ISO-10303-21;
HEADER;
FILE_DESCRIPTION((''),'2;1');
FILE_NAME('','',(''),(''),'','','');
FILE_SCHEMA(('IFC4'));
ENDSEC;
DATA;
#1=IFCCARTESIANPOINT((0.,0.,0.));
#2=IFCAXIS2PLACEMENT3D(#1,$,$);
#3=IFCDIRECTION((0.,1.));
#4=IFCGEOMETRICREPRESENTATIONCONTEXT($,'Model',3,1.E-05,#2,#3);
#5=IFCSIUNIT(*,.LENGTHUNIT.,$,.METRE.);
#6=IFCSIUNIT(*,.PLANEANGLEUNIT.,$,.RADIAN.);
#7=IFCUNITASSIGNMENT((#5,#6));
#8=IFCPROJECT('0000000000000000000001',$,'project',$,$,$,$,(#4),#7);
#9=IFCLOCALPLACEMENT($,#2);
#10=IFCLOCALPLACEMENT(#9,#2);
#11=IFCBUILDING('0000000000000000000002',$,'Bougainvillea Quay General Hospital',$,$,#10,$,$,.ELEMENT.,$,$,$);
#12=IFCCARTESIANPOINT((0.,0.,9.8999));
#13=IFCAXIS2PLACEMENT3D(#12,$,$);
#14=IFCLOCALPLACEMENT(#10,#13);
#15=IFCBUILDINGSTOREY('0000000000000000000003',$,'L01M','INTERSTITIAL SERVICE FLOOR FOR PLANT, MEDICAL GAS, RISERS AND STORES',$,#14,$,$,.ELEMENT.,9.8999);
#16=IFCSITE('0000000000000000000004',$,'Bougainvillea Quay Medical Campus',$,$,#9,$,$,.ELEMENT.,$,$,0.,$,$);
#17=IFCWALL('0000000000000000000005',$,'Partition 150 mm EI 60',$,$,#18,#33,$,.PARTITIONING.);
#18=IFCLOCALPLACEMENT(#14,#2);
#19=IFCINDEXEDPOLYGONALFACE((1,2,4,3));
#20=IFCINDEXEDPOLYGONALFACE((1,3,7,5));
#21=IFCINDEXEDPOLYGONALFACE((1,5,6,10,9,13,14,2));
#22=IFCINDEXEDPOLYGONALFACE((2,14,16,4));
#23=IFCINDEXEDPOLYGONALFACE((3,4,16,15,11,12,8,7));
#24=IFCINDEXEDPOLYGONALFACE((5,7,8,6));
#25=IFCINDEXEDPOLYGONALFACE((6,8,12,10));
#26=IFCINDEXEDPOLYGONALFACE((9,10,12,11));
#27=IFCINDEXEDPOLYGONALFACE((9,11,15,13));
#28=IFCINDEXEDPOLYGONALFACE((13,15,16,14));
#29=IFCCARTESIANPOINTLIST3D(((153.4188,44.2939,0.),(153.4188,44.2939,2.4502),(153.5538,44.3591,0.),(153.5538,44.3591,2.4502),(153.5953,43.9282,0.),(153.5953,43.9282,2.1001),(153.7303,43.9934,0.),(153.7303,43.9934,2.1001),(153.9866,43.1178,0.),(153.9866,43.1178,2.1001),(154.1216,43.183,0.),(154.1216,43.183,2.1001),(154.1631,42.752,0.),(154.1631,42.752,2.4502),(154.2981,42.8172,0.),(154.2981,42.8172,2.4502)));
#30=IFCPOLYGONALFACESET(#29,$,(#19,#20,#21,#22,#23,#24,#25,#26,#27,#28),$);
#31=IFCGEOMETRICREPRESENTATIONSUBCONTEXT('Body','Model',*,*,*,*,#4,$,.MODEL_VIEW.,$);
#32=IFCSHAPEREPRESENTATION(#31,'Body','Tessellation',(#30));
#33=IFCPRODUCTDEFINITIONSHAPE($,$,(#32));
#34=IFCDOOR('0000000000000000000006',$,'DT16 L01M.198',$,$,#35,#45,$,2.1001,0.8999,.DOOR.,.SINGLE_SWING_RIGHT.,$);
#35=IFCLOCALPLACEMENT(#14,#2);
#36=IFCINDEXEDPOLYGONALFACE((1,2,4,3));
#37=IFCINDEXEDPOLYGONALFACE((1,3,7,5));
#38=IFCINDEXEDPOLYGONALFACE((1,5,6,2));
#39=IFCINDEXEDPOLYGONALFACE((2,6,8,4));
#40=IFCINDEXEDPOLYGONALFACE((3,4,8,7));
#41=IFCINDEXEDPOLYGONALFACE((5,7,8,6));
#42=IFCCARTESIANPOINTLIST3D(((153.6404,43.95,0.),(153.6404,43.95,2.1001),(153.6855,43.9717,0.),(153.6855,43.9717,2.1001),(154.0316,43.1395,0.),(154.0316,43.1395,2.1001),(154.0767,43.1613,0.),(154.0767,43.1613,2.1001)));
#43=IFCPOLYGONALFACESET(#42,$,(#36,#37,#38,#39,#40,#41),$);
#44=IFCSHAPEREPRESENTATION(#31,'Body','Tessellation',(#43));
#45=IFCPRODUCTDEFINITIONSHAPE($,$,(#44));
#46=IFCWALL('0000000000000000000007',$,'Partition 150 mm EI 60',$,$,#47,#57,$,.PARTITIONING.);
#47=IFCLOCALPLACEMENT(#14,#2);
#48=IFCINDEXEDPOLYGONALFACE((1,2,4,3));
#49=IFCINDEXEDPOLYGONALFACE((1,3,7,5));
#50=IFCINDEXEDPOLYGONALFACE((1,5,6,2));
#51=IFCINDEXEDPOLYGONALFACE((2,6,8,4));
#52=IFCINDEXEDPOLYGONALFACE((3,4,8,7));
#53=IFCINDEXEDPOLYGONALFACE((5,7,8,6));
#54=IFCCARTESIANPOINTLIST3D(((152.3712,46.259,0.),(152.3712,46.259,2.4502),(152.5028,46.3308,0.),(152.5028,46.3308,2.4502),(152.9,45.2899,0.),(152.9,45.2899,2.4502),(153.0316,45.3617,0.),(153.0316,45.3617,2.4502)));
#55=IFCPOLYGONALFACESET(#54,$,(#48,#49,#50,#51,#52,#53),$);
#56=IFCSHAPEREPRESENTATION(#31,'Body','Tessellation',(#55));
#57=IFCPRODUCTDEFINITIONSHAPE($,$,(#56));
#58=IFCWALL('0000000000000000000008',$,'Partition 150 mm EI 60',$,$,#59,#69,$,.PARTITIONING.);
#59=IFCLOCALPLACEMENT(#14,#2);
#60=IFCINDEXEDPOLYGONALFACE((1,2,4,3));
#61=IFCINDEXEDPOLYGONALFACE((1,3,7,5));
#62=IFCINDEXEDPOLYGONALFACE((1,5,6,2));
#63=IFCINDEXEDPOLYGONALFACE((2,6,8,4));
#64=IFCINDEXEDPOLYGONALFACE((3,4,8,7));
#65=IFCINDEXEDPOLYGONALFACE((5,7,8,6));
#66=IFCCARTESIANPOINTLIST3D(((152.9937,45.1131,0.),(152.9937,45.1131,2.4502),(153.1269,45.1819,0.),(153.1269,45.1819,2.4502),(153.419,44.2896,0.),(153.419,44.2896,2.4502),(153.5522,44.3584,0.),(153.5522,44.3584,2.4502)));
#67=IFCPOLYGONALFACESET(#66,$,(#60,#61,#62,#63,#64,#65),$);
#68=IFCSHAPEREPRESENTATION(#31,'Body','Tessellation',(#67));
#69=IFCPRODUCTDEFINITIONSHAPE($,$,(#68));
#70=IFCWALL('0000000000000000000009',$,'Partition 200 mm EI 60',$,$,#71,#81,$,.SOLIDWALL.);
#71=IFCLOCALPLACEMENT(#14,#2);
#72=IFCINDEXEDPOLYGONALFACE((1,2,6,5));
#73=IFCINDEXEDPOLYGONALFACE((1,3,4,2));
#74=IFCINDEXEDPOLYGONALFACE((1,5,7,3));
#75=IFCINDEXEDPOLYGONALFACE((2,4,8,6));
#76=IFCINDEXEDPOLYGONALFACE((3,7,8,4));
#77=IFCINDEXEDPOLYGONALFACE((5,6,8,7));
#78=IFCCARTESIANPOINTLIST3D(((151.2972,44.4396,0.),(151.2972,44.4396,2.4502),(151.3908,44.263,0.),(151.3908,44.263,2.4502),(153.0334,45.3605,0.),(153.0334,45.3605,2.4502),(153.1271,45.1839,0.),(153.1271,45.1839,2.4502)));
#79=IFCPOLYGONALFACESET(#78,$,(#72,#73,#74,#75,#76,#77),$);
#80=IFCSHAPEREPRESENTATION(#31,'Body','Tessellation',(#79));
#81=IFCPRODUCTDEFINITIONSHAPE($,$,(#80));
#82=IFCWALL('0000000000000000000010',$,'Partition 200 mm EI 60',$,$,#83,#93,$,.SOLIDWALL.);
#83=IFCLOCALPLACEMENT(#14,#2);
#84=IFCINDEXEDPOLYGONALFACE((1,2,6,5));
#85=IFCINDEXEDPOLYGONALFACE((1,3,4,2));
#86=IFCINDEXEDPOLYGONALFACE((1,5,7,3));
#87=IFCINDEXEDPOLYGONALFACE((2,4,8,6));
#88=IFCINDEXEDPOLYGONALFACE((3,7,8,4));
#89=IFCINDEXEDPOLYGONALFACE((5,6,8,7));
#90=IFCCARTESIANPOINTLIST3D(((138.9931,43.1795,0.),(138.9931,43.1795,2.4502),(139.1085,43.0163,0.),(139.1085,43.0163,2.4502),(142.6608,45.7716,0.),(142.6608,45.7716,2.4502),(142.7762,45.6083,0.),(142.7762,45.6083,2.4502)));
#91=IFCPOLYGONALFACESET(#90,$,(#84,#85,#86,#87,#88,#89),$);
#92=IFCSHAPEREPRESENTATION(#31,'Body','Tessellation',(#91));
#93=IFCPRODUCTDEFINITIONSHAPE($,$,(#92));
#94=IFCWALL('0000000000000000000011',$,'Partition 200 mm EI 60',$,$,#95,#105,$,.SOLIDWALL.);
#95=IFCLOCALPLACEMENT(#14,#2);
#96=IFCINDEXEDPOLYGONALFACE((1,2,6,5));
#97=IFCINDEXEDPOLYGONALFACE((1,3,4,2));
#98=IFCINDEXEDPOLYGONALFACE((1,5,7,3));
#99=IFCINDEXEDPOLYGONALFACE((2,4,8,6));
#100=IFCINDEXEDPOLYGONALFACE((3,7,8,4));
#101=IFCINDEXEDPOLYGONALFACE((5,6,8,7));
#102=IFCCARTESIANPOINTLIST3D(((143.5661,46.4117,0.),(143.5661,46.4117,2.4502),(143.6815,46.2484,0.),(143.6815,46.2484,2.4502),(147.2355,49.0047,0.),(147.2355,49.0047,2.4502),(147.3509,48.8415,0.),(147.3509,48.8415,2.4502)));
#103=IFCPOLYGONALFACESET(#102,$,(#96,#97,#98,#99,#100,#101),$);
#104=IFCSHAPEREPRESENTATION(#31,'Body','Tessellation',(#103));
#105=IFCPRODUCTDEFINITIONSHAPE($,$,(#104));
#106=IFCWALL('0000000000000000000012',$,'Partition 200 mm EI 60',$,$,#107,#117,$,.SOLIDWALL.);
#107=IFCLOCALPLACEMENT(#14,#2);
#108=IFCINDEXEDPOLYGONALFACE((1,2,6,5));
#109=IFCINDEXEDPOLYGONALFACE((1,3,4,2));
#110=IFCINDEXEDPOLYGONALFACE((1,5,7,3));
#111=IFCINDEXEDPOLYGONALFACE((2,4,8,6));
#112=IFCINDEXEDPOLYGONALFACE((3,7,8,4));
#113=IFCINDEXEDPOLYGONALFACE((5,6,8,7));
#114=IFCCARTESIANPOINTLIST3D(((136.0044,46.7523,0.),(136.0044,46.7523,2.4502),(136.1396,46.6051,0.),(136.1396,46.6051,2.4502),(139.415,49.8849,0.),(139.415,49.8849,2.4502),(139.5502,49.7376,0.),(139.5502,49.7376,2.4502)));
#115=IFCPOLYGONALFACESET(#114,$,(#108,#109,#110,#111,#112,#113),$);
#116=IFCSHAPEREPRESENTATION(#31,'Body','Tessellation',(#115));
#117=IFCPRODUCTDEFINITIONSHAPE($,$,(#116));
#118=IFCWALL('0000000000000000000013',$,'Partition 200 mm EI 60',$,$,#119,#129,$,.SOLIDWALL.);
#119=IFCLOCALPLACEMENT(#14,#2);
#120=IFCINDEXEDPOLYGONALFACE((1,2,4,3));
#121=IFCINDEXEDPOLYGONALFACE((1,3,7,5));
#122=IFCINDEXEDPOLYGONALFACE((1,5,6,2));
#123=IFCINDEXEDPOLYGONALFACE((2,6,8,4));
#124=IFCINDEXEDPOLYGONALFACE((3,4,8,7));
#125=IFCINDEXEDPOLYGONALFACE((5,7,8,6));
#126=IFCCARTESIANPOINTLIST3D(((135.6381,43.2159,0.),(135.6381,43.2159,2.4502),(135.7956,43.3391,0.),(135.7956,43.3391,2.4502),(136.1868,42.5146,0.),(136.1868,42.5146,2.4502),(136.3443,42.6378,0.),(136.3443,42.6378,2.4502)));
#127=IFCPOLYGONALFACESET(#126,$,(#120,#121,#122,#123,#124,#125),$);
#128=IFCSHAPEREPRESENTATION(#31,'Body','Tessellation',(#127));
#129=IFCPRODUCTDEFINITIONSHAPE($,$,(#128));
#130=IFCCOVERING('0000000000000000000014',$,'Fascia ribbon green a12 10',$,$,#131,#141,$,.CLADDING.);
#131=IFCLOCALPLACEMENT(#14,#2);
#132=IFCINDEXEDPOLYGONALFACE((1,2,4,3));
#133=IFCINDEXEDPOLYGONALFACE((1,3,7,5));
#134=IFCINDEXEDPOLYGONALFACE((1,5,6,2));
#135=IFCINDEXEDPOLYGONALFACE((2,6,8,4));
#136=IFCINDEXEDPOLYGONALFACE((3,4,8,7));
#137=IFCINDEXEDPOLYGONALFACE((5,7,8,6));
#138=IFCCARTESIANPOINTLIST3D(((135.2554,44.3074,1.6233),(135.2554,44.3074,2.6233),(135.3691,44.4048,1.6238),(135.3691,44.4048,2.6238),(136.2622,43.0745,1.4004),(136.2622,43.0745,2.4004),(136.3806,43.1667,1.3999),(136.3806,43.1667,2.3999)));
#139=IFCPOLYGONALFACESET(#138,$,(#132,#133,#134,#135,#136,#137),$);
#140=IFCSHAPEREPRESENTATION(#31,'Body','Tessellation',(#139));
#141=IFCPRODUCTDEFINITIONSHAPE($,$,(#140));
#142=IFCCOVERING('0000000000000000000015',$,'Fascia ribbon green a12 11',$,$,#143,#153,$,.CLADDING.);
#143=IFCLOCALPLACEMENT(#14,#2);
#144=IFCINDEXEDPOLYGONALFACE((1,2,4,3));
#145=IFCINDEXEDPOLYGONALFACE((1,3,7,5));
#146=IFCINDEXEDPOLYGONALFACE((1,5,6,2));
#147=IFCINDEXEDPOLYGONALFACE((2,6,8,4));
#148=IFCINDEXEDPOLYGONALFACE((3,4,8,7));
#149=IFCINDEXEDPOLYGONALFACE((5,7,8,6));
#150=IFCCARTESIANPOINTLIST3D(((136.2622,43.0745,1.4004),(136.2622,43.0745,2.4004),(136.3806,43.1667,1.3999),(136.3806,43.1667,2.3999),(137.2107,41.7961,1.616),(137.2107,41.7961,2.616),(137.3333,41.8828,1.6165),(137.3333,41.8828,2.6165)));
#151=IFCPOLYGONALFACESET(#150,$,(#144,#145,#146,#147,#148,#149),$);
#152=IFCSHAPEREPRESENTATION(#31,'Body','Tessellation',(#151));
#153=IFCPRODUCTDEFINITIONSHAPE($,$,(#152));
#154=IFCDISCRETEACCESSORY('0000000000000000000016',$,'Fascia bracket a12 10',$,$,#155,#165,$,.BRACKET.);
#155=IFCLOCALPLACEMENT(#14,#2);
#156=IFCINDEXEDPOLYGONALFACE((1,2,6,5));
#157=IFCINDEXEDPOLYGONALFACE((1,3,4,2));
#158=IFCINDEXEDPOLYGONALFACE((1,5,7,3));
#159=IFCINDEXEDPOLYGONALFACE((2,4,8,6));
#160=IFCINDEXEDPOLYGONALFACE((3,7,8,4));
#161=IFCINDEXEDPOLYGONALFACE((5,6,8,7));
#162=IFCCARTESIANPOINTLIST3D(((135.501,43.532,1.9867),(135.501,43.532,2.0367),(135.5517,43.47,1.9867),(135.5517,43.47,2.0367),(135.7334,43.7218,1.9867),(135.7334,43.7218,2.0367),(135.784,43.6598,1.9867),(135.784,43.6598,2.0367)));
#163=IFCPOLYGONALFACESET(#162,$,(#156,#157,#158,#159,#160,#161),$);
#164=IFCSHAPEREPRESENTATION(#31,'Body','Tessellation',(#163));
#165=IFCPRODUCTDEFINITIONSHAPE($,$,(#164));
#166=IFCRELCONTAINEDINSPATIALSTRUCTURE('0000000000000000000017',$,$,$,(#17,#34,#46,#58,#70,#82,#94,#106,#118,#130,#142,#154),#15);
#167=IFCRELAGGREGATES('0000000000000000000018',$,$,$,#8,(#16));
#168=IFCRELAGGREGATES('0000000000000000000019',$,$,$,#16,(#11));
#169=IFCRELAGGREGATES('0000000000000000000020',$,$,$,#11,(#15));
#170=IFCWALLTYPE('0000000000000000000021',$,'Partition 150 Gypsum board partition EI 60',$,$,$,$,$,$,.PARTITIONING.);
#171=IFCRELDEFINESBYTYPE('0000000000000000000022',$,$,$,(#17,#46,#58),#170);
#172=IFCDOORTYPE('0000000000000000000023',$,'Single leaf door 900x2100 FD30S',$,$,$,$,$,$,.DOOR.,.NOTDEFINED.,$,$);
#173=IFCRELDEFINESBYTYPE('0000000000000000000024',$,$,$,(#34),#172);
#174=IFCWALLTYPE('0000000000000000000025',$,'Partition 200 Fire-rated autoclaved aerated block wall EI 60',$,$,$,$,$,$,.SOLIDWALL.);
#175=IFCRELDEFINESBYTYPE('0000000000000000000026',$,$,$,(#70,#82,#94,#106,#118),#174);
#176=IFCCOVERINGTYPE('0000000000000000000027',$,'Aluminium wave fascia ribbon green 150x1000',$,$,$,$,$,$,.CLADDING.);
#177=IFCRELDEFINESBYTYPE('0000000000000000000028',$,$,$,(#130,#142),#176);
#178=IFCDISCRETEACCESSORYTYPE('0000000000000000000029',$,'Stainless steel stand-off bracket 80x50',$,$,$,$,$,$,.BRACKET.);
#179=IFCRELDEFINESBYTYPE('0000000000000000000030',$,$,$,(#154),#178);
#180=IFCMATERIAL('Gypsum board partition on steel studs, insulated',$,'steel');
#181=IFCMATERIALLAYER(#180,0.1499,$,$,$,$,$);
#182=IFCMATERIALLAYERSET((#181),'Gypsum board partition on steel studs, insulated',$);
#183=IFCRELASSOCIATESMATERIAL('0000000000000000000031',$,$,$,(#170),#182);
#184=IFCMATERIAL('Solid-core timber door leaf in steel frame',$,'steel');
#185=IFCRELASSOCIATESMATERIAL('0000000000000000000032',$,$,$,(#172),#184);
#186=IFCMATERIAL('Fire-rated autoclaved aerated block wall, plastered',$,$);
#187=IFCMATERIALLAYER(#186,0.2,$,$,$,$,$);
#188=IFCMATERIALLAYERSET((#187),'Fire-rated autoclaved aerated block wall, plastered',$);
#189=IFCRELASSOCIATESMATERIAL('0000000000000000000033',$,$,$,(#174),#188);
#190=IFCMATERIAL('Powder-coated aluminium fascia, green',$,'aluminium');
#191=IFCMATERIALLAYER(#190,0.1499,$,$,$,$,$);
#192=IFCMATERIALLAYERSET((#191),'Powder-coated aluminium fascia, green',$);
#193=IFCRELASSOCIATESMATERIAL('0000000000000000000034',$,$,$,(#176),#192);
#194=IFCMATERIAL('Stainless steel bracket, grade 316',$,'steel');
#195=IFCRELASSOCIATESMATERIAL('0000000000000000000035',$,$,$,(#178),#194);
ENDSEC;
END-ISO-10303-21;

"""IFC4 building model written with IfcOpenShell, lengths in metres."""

from ifc_helpers import new_model, si_unit, direction, frame, frame_2d, origin, origin_2d, place, context, subcontext, project, spatial, polyline, rectangle, outline, extrude, material, layer, layer_set, material_profile, profile_set, type_object, element, fill, save


model = new_model("IFC4")

# Units and contexts
model_context = context("Model", 3, precision=1e-05, world=origin(), true_north=direction((0.0, 1.0)))
body_context = subcontext(model_context, "Body", "Model", "MODEL_VIEW")
ifc_project = project(units=[si_unit("LENGTHUNIT", "METRE"), si_unit("PLANEANGLEUNIT", "RADIAN")], contexts=[model_context])

# Site, building, storey
site_placement = place(None, origin())
site = spatial("IfcSite", under=ifc_project, at=site_placement, Name="Bougainvillea Quay Medical Campus", CompositionType="ELEMENT", RefElevation=0.0)
building_placement = place(site_placement, origin())
building = spatial("IfcBuilding", under=site, at=building_placement, Name="Bougainvillea Quay General Hospital", CompositionType="ELEMENT")
storey_placement = place(building_placement, frame((0.0, 0.0, 9.8999)))
storey = spatial("IfcBuildingStorey", under=building, at=storey_placement, Name="L01M", Description="INTERSTITIAL SERVICE FLOOR FOR PLANT, MEDICAL GAS, RISERS AND STORES", CompositionType="ELEMENT", Elevation=9.8999)

# Wall, opening, door
ifc_material_1 = material(Name="Gypsum board partition on steel studs, insulated", Category="steel")
ifc_layer_1 = layer(ifc_material_1, 0.1499)
ifc_layer_set_1 = layer_set([ifc_layer_1], Name="Gypsum board partition on steel studs, insulated")
wall_type_1 = type_object("IfcWallType", Name="Partition 150 Gypsum board partition EI 60", PredefinedType="PARTITIONING", material=ifc_layer_set_1)
wall_1_placement = place(storey_placement, frame((153.4863, 44.3264, 0.0), z_axis=(0.0, 0.0, 1.0), x_axis=(0.434737, -0.900557, 0.0)))
wall_1 = element("IfcWall", 1, at=wall_1_placement, inside=storey, type_object=wall_type_1, Name="Partition 150 mm EI 60", PredefinedType="PARTITIONING", context=body_context, shape_type="SweptSolid", body=[
    extrude(rectangle(XDim=1.7122, YDim=0.1499, at=frame_2d((0.856, 0.0))), origin(), (0.0, 0.0, 1.0), 2.4502),
])
opening_placement = place(wall_1_placement, frame((0.406, 0.0, 0.0)))
opening = element("IfcOpeningElement", 2, at=opening_placement, cuts=wall_1, PredefinedType="OPENING", context=body_context, shape_type="SweptSolid", body=[
    extrude(rectangle(XDim=0.8999, YDim=2.1001, at=frame_2d((0.45, 1.05))), frame((0.0, 0.085, 0.0), z_axis=(0.0, -1.0, 0.0), x_axis=(1.0, 0.0, 0.0)), (0.0, 0.0, 1.0), 0.1699),
])
ifc_material_2 = material(Name="Solid-core timber door leaf in steel frame", Category="steel")
door_type = type_object("IfcDoorType", Name="Single leaf door 900x2100 FD30S", OperationType="NOTDEFINED", PredefinedType="DOOR", material=ifc_material_2)
door_placement = place(opening_placement, frame((0.8999, 0.0, 0.0), z_axis=(0.0, 0.0, 1.0), x_axis=(-1.0, 0.0, 0.0)))
door = element("IfcDoor", 3, at=door_placement, inside=storey, type_object=door_type, Name="DT16 L01M.198", OperationType="SINGLE_SWING_RIGHT", OverallHeight=2.1001, OverallWidth=0.8999, PredefinedType="DOOR", context=body_context, shape_type="SweptSolid", body=[
    extrude(rectangle(XDim=0.8999, YDim=2.1001, at=frame_2d((0.45, 1.05))), frame((0.0, 0.0249, 0.0), z_axis=(0.0, -1.0, 0.0), x_axis=(1.0, 0.0, 0.0)), (0.0, 0.0, 1.0), 0.05),
])
fill(opening, door)

# Walls
wall_2_placement = place(storey_placement, frame((152.437, 46.2949, 0.0), z_axis=(0.0, 0.0, 1.0), x_axis=(0.478945, -0.877845, 0.0)))
element("IfcWall", 4, at=wall_2_placement, inside=storey, type_object=wall_type_1, Name="Partition 150 mm EI 60", PredefinedType="PARTITIONING", context=body_context, shape_type="SweptSolid", body=[
    extrude(rectangle(XDim=1.104, YDim=0.1499, at=frame_2d((0.552, 0.0))), origin(), (0.0, 0.0, 1.0), 2.4502),
])
wall_3_placement = place(storey_placement, frame((153.0603, 45.1475, 0.0), z_axis=(0.0, 0.0, 1.0), x_axis=(0.458871, -0.888503, 0.0)))
element("IfcWall", 5, at=wall_3_placement, inside=storey, type_object=wall_type_1, Name="Partition 150 mm EI 60", PredefinedType="PARTITIONING", context=body_context, shape_type="SweptSolid", body=[
    extrude(rectangle(XDim=0.9268, YDim=0.1499, at=frame_2d((0.4634, 0.0))), origin(), (0.0, 0.0, 1.0), 2.4502),
])
ifc_material_3 = material(Name="Fire-rated autoclaved aerated block wall, plastered")
ifc_layer_2 = layer(ifc_material_3, 0.2)
ifc_layer_set_2 = layer_set([ifc_layer_2], Name="Fire-rated autoclaved aerated block wall, plastered")
wall_type_2 = type_object("IfcWallType", Name="Partition 200 Fire-rated autoclaved aerated block wall EI 60", PredefinedType="SOLIDWALL", material=ifc_layer_set_2)
wall_4_placement = place(storey_placement, frame((151.344, 44.3513, 0.0), z_axis=(0.0, 0.0, 1.0), x_axis=(0.883437, 0.46855, 0.0)))
element("IfcWall", 6, at=wall_4_placement, inside=storey, type_object=wall_type_2, Name="Partition 200 mm EI 60", PredefinedType="SOLIDWALL", context=body_context, shape_type="SweptSolid", body=[
    extrude(rectangle(XDim=1.9653, YDim=0.2, at=frame_2d((0.9827, 0.0))), origin(), (0.0, 0.0, 1.0), 2.4502),
])
wall_5_placement = place(storey_placement, frame((139.0508, 43.0979, 0.0), z_axis=(0.0, 0.0, 1.0), x_axis=(0.816647, 0.577138, 0.0)))
element("IfcWall", 7, at=wall_5_placement, inside=storey, type_object=wall_type_2, Name="Partition 200 mm EI 60", PredefinedType="SOLIDWALL", context=body_context, shape_type="SweptSolid", body=[
    extrude(rectangle(XDim=4.4912, YDim=0.2, at=frame_2d((2.2456, 0.0))), origin(), (0.0, 0.0, 1.0), 2.4502),
])
wall_6_placement = place(storey_placement, frame((143.6238, 46.3301, 0.0), z_axis=(0.0, 0.0, 1.0), x_axis=(0.816671, 0.577103, 0.0)))
element("IfcWall", 8, at=wall_6_placement, inside=storey, type_object=wall_type_2, Name="Partition 200 mm EI 60", PredefinedType="SOLIDWALL", context=body_context, shape_type="SweptSolid", body=[
    extrude(rectangle(XDim=4.4932, YDim=0.2, at=frame_2d((2.2466, 0.0))), origin(), (0.0, 0.0, 1.0), 2.4502),
])
wall_7_placement = place(storey_placement, frame((136.072, 46.6787, 0.0), z_axis=(0.0, 0.0, 1.0), x_axis=(0.736493, 0.676445, 0.0)))
element("IfcWall", 9, at=wall_7_placement, inside=storey, type_object=wall_type_2, Name="Partition 200 mm EI 60", PredefinedType="SOLIDWALL", context=body_context, shape_type="SweptSolid", body=[
    extrude(rectangle(XDim=4.6309, YDim=0.2, at=frame_2d((2.3154, 0.0))), origin(), (0.0, 0.0, 1.0), 2.4502),
])
wall_8_placement = place(storey_placement, frame((135.7168, 43.2776, 0.0), z_axis=(0.0, 0.0, 1.0), x_axis=(0.616197, -0.787592, 0.0)))
element("IfcWall", 10, at=wall_8_placement, inside=storey, type_object=wall_type_2, Name="Partition 200 mm EI 60", PredefinedType="SOLIDWALL", context=body_context, shape_type="SweptSolid", body=[
    extrude(rectangle(XDim=0.8904, YDim=0.2, at=frame_2d((0.4453, 0.0))), origin(), (0.0, 0.0, 1.0), 2.4502),
])

# Coverings
ifc_material_4 = material(Name="Powder-coated aluminium fascia, green", Category="aluminium")
ifc_layer_3 = layer(ifc_material_4, 0.1499)
ifc_layer_set_3 = layer_set([ifc_layer_3], Name="Powder-coated aluminium fascia, green")
covering_type = type_object("IfcCoveringType", Name="Aluminium wave fascia ribbon green 150x1000", PredefinedType="CLADDING", material=ifc_layer_set_3)
covering_1_placement = place(storey_placement, frame((135.2554, 44.3074, 1.6233), z_axis=(0.087744, -0.107394, 0.990337), x_axis=(0.626407, -0.76706, -0.138681)))
element("IfcCovering", 11, at=covering_1_placement, inside=storey, type_object=covering_type, Name="Fascia ribbon green a12 10", PredefinedType="CLADDING", context=body_context, shape_type="SweptSolid", body=[
    extrude(outline(polyline([(0.0, 0.0), (1.6073, 0.0), (1.6108, 0.1501), (-0.0035, 0.1497), (0.0, 0.0)])), origin(), (-0.138681, -0.000033, 0.990337), 1.0),
])
covering_2_placement = place(storey_placement, frame((136.2622, 43.0745, 1.4004), z_axis=(-0.080022, 0.107752, 0.990952), x_axis=(0.590478, -0.795815, 0.134216)))
element("IfcCovering", 12, at=covering_2_placement, inside=storey, type_object=covering_type, Name="Fascia ribbon green a12 11", PredefinedType="CLADDING", context=body_context, shape_type="SweptSolid", body=[
    extrude(outline(polyline([(0.0, 0.0), (1.6063, 0.0), (1.6098, 0.1501), (-0.0036, 0.1501), (0.0, 0.0)])), origin(), (0.134216, 0.000058, 0.990952), 1.0),
])

# Discrete accessory
ifc_material_5 = material(Name="Stainless steel bracket, grade 316", Category="steel")
ifc_material_profile_1 = material_profile(ifc_material_5, rectangle(XDim=0.0801, YDim=0.05, at=origin_2d()))
ifc_profile_set_1 = profile_set([ifc_material_profile_1], Name="Stainless steel bracket, grade 316")
discrete_accessory_type = type_object("IfcDiscreteAccessoryType", Name="Stainless steel stand-off bracket 80x50", PredefinedType="BRACKET", material=ifc_profile_set_1)
discrete_accessory_placement = place(storey_placement, frame((135.5264, 43.501, 2.0117), z_axis=(0.77432, 0.632795, 0.0), x_axis=(-0.632795, 0.77432, 0.0)))
element("IfcDiscreteAccessory", 13, at=discrete_accessory_placement, inside=storey, type_object=discrete_accessory_type, Name="Fascia bracket a12 10", PredefinedType="BRACKET", context=body_context, shape_type="SweptSolid", body=[
    extrude(rectangle(XDim=0.0801, YDim=0.05, at=origin_2d()), origin(), (0.0, 0.0, 1.0), 0.3),
])

save(model, "model.ifc")
